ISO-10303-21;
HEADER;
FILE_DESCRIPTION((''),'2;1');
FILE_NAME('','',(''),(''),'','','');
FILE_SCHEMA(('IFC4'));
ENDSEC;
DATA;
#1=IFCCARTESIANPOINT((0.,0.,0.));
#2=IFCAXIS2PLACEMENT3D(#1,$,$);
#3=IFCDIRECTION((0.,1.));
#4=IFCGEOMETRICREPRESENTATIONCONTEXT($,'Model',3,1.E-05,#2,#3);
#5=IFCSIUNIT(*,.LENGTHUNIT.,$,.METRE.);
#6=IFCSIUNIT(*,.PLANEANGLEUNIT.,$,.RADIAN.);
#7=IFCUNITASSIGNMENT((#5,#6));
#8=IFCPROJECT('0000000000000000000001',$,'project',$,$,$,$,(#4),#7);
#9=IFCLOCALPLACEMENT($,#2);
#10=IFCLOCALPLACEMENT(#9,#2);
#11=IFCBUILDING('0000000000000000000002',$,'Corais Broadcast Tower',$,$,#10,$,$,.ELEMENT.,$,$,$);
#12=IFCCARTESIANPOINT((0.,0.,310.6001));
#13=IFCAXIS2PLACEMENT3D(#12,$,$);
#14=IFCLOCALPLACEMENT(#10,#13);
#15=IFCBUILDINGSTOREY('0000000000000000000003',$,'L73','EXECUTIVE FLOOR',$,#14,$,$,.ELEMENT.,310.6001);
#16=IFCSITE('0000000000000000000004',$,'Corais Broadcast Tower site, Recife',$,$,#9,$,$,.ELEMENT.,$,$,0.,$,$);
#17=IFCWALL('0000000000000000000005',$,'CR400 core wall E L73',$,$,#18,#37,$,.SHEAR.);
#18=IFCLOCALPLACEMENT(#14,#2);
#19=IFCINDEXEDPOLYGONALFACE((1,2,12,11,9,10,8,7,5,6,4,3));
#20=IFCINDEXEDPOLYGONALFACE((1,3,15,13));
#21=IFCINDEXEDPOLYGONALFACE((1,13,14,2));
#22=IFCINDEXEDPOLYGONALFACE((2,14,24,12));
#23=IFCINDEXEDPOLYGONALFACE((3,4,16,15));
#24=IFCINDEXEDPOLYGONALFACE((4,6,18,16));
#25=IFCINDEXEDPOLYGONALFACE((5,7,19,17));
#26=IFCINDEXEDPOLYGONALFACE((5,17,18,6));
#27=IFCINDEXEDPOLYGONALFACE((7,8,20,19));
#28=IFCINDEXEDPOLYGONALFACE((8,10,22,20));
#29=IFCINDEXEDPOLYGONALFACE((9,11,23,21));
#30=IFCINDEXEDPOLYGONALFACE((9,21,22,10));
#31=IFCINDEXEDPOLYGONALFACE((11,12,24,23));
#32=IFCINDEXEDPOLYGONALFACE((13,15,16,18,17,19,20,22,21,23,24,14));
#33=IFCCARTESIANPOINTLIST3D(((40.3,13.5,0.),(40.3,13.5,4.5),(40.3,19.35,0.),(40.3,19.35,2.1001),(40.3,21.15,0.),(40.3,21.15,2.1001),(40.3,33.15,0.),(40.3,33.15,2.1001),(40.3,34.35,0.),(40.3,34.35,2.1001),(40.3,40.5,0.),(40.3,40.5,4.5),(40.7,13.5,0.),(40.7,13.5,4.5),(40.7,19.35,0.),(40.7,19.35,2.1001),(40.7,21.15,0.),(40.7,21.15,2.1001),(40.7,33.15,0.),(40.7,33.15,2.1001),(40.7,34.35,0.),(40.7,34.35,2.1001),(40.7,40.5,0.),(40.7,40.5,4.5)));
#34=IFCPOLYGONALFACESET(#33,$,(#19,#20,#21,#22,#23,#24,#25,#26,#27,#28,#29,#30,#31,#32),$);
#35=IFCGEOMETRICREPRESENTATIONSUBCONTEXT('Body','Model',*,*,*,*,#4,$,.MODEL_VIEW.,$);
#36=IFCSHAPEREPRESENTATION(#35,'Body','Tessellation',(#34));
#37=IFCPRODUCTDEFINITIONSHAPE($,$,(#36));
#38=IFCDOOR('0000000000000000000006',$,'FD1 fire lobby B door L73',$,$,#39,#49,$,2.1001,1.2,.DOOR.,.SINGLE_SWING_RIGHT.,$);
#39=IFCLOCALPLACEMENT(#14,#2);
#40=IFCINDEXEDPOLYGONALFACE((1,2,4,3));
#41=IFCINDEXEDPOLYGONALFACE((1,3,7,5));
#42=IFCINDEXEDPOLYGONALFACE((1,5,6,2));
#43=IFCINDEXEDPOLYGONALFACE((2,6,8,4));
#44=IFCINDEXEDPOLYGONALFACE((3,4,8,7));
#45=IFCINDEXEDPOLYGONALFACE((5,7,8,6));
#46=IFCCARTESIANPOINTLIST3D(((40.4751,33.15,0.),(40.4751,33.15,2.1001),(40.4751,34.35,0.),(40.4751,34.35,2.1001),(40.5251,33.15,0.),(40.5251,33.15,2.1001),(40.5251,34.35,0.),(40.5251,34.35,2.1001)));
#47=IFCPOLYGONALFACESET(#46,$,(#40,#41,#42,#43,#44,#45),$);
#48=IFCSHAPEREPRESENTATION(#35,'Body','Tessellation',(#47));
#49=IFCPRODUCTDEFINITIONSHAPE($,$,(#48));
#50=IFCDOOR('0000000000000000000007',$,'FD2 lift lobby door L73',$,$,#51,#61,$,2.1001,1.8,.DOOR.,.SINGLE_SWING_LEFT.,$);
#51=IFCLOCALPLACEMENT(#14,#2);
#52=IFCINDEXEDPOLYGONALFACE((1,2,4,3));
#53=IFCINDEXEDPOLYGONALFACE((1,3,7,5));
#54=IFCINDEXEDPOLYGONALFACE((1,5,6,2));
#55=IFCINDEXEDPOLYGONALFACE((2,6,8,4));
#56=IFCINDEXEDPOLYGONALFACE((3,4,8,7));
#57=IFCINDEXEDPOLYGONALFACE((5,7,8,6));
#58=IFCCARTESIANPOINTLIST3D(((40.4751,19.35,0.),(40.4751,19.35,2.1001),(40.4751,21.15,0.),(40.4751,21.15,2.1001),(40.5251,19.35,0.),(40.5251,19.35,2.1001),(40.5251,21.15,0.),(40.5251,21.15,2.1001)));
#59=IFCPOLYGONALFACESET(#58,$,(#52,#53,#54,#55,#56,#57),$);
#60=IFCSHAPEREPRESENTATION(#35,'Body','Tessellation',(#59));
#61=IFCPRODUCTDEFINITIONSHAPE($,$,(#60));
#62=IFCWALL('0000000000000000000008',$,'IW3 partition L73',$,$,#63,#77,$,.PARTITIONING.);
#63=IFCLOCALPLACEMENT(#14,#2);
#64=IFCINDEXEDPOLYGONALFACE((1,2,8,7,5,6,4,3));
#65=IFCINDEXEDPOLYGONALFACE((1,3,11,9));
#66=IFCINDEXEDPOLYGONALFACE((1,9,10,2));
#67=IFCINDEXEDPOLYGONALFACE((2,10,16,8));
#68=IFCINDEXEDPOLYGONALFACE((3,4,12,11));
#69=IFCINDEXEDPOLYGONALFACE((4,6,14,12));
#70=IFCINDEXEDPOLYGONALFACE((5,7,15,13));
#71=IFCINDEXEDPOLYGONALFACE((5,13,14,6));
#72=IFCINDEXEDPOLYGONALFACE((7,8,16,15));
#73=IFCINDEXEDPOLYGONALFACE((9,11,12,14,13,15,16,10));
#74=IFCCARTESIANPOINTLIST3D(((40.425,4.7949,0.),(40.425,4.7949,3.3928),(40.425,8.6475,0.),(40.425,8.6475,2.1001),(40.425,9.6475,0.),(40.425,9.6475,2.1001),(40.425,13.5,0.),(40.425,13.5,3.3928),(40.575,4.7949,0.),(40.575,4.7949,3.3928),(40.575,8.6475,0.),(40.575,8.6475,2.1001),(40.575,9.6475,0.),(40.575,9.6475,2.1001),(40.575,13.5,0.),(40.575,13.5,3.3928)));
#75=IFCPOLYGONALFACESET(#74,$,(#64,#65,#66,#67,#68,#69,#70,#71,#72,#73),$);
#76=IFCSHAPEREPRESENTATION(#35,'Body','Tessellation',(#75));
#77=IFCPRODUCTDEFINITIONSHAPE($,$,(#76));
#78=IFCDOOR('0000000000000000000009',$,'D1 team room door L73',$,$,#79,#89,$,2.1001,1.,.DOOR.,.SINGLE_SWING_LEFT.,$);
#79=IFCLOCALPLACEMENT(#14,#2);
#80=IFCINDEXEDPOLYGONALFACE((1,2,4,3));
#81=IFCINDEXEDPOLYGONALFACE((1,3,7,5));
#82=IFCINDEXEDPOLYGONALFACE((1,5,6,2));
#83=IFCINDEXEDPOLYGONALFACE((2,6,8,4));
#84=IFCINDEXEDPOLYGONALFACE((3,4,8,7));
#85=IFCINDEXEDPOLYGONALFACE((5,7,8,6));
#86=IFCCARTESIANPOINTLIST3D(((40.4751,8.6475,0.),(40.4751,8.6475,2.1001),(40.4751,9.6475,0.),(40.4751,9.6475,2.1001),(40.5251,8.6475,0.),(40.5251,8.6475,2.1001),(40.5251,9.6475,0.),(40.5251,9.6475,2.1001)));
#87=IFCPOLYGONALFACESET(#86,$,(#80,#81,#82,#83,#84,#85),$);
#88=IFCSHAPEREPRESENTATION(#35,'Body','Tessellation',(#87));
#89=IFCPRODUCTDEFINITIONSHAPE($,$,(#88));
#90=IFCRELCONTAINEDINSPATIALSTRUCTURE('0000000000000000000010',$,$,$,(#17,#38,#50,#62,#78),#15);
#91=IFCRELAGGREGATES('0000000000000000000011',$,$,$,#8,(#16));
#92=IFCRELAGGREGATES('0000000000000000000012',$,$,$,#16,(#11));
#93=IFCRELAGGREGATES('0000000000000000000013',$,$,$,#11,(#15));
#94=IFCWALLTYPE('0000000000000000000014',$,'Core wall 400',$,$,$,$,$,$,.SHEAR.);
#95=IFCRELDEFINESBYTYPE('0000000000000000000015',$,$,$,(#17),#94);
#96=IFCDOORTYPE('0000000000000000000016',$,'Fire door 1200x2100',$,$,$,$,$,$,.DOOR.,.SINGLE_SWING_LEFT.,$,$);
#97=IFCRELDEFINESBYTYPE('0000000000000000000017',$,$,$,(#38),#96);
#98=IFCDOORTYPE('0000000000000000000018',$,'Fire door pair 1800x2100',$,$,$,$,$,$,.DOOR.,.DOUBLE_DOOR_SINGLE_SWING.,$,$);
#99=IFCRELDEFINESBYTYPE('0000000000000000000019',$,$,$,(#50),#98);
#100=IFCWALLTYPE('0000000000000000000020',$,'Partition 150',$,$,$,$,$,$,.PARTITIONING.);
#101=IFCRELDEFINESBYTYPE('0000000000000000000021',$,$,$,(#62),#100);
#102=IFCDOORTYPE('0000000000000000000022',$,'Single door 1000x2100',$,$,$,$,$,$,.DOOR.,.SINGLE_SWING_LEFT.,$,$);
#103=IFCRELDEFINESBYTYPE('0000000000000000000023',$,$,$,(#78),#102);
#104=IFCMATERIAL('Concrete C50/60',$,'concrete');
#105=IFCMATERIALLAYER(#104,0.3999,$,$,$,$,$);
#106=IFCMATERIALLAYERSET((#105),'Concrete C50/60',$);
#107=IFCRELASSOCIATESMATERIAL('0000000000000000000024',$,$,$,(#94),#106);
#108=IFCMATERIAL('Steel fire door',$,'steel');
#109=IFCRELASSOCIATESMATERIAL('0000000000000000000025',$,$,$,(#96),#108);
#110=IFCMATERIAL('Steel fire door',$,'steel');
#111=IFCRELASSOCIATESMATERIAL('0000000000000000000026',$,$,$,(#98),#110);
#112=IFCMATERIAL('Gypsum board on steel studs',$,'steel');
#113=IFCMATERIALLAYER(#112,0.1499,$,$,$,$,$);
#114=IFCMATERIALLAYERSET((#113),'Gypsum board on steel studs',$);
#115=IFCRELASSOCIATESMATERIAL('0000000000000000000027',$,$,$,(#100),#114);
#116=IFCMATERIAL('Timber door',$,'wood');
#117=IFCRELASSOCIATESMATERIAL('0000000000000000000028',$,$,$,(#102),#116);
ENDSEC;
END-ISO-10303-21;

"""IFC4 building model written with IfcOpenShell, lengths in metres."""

from ifc_helpers import new_model, si_unit, direction, frame, frame_2d, origin, place, context, subcontext, project, spatial, rectangle, extrude, material, layer, layer_set, type_object, element, fill, save


model = new_model("IFC4")

# Units and contexts
model_context = context("Model", 3, precision=1e-05, world=origin(), true_north=direction((0.0, 1.0)))
body_context = subcontext(model_context, "Body", "Model", "MODEL_VIEW")
ifc_project = project(units=[si_unit("LENGTHUNIT", "METRE"), si_unit("PLANEANGLEUNIT", "RADIAN")], contexts=[model_context])

# Site, building, storey
site_placement = place(None, origin())
site = spatial("IfcSite", under=ifc_project, at=site_placement, Name="Corais Broadcast Tower site, Recife", CompositionType="ELEMENT", RefElevation=0.0)
building_placement = place(site_placement, origin())
building = spatial("IfcBuilding", under=site, at=building_placement, Name="Corais Broadcast Tower", CompositionType="ELEMENT")
storey_placement = place(building_placement, frame((0.0, 0.0, 310.6001)))
storey = spatial("IfcBuildingStorey", under=building, at=storey_placement, Name="L73", Description="EXECUTIVE FLOOR", CompositionType="ELEMENT", Elevation=310.6001)

# Wall, openings, doors
ifc_material_1 = material(Name="Concrete C50/60", Category="concrete")
ifc_layer_1 = layer(ifc_material_1, 0.3999)
ifc_layer_set_1 = layer_set([ifc_layer_1], Name="Concrete C50/60")
wall_type_1 = type_object("IfcWallType", Name="Core wall 400", PredefinedType="SHEAR", material=ifc_layer_set_1)
wall_1_placement = place(storey_placement, frame((40.5, 13.5, 0.0), z_axis=(0.0, 0.0, 1.0), x_axis=(0.0, 1.0, 0.0)))
wall_1 = element("IfcWall", 1, at=wall_1_placement, inside=storey, type_object=wall_type_1, Name="CR400 core wall E L73", PredefinedType="SHEAR", context=body_context, shape_type="SweptSolid", body=[
    extrude(rectangle(XDim=27.0, YDim=0.3999, at=frame_2d((13.5, 0.0))), origin(), (0.0, 0.0, 1.0), 4.5),
])
opening_1_placement = place(wall_1_placement, frame((5.8501, 0.0, 0.0)))
opening_1 = element("IfcOpeningElement", 2, at=opening_1_placement, cuts=wall_1, PredefinedType="OPENING", context=body_context, shape_type="SweptSolid", body=[
    extrude(rectangle(XDim=1.8, YDim=2.1001, at=frame_2d((0.8999, 1.05))), frame((0.0, 0.21, 0.0), z_axis=(0.0, -1.0, 0.0), x_axis=(1.0, 0.0, 0.0)), (0.0, 0.0, 1.0), 0.4199),
])
opening_2_placement = place(wall_1_placement, frame((19.6499, 0.0, 0.0)))
opening_2 = element("IfcOpeningElement", 3, at=opening_2_placement, cuts=wall_1, PredefinedType="OPENING", context=body_context, shape_type="SweptSolid", body=[
    extrude(rectangle(XDim=1.2, YDim=2.1001, at=frame_2d((0.6001, 1.05))), frame((0.0, 0.21, 0.0), z_axis=(0.0, -1.0, 0.0), x_axis=(1.0, 0.0, 0.0)), (0.0, 0.0, 1.0), 0.4199),
])
ifc_material_2 = material(Name="Steel fire door", Category="steel")
door_type_1 = type_object("IfcDoorType", Name="Fire door 1200x2100", OperationType="SINGLE_SWING_LEFT", PredefinedType="DOOR", material=ifc_material_2)
door_1_placement = place(opening_2_placement, origin())
door_1 = element("IfcDoor", 4, at=door_1_placement, inside=storey, type_object=door_type_1, Name="FD1 fire lobby B door L73", OperationType="SINGLE_SWING_RIGHT", OverallHeight=2.1001, OverallWidth=1.2, PredefinedType="DOOR", context=body_context, shape_type="SweptSolid", body=[
    extrude(rectangle(XDim=1.2, YDim=2.1001, at=frame_2d((0.6001, 1.05))), frame((0.0, 0.0249, 0.0), z_axis=(0.0, -1.0, 0.0), x_axis=(1.0, 0.0, 0.0)), (0.0, 0.0, 1.0), 0.05),
])
fill(opening_2, door_1)
ifc_material_3 = material(Name="Steel fire door", Category="steel")
door_type_2 = type_object("IfcDoorType", Name="Fire door pair 1800x2100", OperationType="DOUBLE_DOOR_SINGLE_SWING", PredefinedType="DOOR", material=ifc_material_3)
door_2_placement = place(opening_1_placement, origin())
door_2 = element("IfcDoor", 5, at=door_2_placement, inside=storey, type_object=door_type_2, Name="FD2 lift lobby door L73", OperationType="SINGLE_SWING_LEFT", OverallHeight=2.1001, OverallWidth=1.8, PredefinedType="DOOR", context=body_context, shape_type="SweptSolid", body=[
    extrude(rectangle(XDim=1.8, YDim=2.1001, at=frame_2d((0.8999, 1.05))), frame((0.0, 0.0249, 0.0), z_axis=(0.0, -1.0, 0.0), x_axis=(1.0, 0.0, 0.0)), (0.0, 0.0, 1.0), 0.05),
])
fill(opening_1, door_2)

# Wall, opening, door
ifc_material_4 = material(Name="Gypsum board on steel studs", Category="steel")
ifc_layer_2 = layer(ifc_material_4, 0.1499)
ifc_layer_set_2 = layer_set([ifc_layer_2], Name="Gypsum board on steel studs")
wall_type_2 = type_object("IfcWallType", Name="Partition 150", PredefinedType="PARTITIONING", material=ifc_layer_set_2)
wall_2_placement = place(storey_placement, frame((40.5, 4.7949, 0.0), z_axis=(0.0, 0.0, 1.0), x_axis=(0.0, 1.0, 0.0)))
wall_2 = element("IfcWall", 6, at=wall_2_placement, inside=storey, type_object=wall_type_2, Name="IW3 partition L73", PredefinedType="PARTITIONING", context=body_context, shape_type="SweptSolid", body=[
    extrude(rectangle(XDim=8.7051, YDim=0.1499, at=frame_2d((4.3525, 0.0))), origin(), (0.0, 0.0, 1.0), 3.3928),
])
opening_3_placement = place(wall_2_placement, frame((3.8525, 0.0, 0.0)))
opening_3 = element("IfcOpeningElement", 7, at=opening_3_placement, cuts=wall_2, PredefinedType="OPENING", context=body_context, shape_type="SweptSolid", body=[
    extrude(rectangle(XDim=1.0, YDim=2.1001, at=frame_2d((0.5, 1.05))), frame((0.0, 0.085, 0.0), z_axis=(0.0, -1.0, 0.0), x_axis=(1.0, 0.0, 0.0)), (0.0, 0.0, 1.0), 0.1699),
])
ifc_material_5 = material(Name="Timber door", Category="wood")
door_type_3 = type_object("IfcDoorType", Name="Single door 1000x2100", OperationType="SINGLE_SWING_LEFT", PredefinedType="DOOR", material=ifc_material_5)
door_3_placement = place(opening_3_placement, origin())
door_3 = element("IfcDoor", 8, at=door_3_placement, inside=storey, type_object=door_type_3, Name="D1 team room door L73", OperationType="SINGLE_SWING_LEFT", OverallHeight=2.1001, OverallWidth=1.0, PredefinedType="DOOR", context=body_context, shape_type="SweptSolid", body=[
    extrude(rectangle(XDim=1.0, YDim=2.1001, at=frame_2d((0.5, 1.05))), frame((0.0, 0.0249, 0.0), z_axis=(0.0, -1.0, 0.0), x_axis=(1.0, 0.0, 0.0)), (0.0, 0.0, 1.0), 0.05),
])
fill(opening_3, door_3)

save(model, "model.ifc")
